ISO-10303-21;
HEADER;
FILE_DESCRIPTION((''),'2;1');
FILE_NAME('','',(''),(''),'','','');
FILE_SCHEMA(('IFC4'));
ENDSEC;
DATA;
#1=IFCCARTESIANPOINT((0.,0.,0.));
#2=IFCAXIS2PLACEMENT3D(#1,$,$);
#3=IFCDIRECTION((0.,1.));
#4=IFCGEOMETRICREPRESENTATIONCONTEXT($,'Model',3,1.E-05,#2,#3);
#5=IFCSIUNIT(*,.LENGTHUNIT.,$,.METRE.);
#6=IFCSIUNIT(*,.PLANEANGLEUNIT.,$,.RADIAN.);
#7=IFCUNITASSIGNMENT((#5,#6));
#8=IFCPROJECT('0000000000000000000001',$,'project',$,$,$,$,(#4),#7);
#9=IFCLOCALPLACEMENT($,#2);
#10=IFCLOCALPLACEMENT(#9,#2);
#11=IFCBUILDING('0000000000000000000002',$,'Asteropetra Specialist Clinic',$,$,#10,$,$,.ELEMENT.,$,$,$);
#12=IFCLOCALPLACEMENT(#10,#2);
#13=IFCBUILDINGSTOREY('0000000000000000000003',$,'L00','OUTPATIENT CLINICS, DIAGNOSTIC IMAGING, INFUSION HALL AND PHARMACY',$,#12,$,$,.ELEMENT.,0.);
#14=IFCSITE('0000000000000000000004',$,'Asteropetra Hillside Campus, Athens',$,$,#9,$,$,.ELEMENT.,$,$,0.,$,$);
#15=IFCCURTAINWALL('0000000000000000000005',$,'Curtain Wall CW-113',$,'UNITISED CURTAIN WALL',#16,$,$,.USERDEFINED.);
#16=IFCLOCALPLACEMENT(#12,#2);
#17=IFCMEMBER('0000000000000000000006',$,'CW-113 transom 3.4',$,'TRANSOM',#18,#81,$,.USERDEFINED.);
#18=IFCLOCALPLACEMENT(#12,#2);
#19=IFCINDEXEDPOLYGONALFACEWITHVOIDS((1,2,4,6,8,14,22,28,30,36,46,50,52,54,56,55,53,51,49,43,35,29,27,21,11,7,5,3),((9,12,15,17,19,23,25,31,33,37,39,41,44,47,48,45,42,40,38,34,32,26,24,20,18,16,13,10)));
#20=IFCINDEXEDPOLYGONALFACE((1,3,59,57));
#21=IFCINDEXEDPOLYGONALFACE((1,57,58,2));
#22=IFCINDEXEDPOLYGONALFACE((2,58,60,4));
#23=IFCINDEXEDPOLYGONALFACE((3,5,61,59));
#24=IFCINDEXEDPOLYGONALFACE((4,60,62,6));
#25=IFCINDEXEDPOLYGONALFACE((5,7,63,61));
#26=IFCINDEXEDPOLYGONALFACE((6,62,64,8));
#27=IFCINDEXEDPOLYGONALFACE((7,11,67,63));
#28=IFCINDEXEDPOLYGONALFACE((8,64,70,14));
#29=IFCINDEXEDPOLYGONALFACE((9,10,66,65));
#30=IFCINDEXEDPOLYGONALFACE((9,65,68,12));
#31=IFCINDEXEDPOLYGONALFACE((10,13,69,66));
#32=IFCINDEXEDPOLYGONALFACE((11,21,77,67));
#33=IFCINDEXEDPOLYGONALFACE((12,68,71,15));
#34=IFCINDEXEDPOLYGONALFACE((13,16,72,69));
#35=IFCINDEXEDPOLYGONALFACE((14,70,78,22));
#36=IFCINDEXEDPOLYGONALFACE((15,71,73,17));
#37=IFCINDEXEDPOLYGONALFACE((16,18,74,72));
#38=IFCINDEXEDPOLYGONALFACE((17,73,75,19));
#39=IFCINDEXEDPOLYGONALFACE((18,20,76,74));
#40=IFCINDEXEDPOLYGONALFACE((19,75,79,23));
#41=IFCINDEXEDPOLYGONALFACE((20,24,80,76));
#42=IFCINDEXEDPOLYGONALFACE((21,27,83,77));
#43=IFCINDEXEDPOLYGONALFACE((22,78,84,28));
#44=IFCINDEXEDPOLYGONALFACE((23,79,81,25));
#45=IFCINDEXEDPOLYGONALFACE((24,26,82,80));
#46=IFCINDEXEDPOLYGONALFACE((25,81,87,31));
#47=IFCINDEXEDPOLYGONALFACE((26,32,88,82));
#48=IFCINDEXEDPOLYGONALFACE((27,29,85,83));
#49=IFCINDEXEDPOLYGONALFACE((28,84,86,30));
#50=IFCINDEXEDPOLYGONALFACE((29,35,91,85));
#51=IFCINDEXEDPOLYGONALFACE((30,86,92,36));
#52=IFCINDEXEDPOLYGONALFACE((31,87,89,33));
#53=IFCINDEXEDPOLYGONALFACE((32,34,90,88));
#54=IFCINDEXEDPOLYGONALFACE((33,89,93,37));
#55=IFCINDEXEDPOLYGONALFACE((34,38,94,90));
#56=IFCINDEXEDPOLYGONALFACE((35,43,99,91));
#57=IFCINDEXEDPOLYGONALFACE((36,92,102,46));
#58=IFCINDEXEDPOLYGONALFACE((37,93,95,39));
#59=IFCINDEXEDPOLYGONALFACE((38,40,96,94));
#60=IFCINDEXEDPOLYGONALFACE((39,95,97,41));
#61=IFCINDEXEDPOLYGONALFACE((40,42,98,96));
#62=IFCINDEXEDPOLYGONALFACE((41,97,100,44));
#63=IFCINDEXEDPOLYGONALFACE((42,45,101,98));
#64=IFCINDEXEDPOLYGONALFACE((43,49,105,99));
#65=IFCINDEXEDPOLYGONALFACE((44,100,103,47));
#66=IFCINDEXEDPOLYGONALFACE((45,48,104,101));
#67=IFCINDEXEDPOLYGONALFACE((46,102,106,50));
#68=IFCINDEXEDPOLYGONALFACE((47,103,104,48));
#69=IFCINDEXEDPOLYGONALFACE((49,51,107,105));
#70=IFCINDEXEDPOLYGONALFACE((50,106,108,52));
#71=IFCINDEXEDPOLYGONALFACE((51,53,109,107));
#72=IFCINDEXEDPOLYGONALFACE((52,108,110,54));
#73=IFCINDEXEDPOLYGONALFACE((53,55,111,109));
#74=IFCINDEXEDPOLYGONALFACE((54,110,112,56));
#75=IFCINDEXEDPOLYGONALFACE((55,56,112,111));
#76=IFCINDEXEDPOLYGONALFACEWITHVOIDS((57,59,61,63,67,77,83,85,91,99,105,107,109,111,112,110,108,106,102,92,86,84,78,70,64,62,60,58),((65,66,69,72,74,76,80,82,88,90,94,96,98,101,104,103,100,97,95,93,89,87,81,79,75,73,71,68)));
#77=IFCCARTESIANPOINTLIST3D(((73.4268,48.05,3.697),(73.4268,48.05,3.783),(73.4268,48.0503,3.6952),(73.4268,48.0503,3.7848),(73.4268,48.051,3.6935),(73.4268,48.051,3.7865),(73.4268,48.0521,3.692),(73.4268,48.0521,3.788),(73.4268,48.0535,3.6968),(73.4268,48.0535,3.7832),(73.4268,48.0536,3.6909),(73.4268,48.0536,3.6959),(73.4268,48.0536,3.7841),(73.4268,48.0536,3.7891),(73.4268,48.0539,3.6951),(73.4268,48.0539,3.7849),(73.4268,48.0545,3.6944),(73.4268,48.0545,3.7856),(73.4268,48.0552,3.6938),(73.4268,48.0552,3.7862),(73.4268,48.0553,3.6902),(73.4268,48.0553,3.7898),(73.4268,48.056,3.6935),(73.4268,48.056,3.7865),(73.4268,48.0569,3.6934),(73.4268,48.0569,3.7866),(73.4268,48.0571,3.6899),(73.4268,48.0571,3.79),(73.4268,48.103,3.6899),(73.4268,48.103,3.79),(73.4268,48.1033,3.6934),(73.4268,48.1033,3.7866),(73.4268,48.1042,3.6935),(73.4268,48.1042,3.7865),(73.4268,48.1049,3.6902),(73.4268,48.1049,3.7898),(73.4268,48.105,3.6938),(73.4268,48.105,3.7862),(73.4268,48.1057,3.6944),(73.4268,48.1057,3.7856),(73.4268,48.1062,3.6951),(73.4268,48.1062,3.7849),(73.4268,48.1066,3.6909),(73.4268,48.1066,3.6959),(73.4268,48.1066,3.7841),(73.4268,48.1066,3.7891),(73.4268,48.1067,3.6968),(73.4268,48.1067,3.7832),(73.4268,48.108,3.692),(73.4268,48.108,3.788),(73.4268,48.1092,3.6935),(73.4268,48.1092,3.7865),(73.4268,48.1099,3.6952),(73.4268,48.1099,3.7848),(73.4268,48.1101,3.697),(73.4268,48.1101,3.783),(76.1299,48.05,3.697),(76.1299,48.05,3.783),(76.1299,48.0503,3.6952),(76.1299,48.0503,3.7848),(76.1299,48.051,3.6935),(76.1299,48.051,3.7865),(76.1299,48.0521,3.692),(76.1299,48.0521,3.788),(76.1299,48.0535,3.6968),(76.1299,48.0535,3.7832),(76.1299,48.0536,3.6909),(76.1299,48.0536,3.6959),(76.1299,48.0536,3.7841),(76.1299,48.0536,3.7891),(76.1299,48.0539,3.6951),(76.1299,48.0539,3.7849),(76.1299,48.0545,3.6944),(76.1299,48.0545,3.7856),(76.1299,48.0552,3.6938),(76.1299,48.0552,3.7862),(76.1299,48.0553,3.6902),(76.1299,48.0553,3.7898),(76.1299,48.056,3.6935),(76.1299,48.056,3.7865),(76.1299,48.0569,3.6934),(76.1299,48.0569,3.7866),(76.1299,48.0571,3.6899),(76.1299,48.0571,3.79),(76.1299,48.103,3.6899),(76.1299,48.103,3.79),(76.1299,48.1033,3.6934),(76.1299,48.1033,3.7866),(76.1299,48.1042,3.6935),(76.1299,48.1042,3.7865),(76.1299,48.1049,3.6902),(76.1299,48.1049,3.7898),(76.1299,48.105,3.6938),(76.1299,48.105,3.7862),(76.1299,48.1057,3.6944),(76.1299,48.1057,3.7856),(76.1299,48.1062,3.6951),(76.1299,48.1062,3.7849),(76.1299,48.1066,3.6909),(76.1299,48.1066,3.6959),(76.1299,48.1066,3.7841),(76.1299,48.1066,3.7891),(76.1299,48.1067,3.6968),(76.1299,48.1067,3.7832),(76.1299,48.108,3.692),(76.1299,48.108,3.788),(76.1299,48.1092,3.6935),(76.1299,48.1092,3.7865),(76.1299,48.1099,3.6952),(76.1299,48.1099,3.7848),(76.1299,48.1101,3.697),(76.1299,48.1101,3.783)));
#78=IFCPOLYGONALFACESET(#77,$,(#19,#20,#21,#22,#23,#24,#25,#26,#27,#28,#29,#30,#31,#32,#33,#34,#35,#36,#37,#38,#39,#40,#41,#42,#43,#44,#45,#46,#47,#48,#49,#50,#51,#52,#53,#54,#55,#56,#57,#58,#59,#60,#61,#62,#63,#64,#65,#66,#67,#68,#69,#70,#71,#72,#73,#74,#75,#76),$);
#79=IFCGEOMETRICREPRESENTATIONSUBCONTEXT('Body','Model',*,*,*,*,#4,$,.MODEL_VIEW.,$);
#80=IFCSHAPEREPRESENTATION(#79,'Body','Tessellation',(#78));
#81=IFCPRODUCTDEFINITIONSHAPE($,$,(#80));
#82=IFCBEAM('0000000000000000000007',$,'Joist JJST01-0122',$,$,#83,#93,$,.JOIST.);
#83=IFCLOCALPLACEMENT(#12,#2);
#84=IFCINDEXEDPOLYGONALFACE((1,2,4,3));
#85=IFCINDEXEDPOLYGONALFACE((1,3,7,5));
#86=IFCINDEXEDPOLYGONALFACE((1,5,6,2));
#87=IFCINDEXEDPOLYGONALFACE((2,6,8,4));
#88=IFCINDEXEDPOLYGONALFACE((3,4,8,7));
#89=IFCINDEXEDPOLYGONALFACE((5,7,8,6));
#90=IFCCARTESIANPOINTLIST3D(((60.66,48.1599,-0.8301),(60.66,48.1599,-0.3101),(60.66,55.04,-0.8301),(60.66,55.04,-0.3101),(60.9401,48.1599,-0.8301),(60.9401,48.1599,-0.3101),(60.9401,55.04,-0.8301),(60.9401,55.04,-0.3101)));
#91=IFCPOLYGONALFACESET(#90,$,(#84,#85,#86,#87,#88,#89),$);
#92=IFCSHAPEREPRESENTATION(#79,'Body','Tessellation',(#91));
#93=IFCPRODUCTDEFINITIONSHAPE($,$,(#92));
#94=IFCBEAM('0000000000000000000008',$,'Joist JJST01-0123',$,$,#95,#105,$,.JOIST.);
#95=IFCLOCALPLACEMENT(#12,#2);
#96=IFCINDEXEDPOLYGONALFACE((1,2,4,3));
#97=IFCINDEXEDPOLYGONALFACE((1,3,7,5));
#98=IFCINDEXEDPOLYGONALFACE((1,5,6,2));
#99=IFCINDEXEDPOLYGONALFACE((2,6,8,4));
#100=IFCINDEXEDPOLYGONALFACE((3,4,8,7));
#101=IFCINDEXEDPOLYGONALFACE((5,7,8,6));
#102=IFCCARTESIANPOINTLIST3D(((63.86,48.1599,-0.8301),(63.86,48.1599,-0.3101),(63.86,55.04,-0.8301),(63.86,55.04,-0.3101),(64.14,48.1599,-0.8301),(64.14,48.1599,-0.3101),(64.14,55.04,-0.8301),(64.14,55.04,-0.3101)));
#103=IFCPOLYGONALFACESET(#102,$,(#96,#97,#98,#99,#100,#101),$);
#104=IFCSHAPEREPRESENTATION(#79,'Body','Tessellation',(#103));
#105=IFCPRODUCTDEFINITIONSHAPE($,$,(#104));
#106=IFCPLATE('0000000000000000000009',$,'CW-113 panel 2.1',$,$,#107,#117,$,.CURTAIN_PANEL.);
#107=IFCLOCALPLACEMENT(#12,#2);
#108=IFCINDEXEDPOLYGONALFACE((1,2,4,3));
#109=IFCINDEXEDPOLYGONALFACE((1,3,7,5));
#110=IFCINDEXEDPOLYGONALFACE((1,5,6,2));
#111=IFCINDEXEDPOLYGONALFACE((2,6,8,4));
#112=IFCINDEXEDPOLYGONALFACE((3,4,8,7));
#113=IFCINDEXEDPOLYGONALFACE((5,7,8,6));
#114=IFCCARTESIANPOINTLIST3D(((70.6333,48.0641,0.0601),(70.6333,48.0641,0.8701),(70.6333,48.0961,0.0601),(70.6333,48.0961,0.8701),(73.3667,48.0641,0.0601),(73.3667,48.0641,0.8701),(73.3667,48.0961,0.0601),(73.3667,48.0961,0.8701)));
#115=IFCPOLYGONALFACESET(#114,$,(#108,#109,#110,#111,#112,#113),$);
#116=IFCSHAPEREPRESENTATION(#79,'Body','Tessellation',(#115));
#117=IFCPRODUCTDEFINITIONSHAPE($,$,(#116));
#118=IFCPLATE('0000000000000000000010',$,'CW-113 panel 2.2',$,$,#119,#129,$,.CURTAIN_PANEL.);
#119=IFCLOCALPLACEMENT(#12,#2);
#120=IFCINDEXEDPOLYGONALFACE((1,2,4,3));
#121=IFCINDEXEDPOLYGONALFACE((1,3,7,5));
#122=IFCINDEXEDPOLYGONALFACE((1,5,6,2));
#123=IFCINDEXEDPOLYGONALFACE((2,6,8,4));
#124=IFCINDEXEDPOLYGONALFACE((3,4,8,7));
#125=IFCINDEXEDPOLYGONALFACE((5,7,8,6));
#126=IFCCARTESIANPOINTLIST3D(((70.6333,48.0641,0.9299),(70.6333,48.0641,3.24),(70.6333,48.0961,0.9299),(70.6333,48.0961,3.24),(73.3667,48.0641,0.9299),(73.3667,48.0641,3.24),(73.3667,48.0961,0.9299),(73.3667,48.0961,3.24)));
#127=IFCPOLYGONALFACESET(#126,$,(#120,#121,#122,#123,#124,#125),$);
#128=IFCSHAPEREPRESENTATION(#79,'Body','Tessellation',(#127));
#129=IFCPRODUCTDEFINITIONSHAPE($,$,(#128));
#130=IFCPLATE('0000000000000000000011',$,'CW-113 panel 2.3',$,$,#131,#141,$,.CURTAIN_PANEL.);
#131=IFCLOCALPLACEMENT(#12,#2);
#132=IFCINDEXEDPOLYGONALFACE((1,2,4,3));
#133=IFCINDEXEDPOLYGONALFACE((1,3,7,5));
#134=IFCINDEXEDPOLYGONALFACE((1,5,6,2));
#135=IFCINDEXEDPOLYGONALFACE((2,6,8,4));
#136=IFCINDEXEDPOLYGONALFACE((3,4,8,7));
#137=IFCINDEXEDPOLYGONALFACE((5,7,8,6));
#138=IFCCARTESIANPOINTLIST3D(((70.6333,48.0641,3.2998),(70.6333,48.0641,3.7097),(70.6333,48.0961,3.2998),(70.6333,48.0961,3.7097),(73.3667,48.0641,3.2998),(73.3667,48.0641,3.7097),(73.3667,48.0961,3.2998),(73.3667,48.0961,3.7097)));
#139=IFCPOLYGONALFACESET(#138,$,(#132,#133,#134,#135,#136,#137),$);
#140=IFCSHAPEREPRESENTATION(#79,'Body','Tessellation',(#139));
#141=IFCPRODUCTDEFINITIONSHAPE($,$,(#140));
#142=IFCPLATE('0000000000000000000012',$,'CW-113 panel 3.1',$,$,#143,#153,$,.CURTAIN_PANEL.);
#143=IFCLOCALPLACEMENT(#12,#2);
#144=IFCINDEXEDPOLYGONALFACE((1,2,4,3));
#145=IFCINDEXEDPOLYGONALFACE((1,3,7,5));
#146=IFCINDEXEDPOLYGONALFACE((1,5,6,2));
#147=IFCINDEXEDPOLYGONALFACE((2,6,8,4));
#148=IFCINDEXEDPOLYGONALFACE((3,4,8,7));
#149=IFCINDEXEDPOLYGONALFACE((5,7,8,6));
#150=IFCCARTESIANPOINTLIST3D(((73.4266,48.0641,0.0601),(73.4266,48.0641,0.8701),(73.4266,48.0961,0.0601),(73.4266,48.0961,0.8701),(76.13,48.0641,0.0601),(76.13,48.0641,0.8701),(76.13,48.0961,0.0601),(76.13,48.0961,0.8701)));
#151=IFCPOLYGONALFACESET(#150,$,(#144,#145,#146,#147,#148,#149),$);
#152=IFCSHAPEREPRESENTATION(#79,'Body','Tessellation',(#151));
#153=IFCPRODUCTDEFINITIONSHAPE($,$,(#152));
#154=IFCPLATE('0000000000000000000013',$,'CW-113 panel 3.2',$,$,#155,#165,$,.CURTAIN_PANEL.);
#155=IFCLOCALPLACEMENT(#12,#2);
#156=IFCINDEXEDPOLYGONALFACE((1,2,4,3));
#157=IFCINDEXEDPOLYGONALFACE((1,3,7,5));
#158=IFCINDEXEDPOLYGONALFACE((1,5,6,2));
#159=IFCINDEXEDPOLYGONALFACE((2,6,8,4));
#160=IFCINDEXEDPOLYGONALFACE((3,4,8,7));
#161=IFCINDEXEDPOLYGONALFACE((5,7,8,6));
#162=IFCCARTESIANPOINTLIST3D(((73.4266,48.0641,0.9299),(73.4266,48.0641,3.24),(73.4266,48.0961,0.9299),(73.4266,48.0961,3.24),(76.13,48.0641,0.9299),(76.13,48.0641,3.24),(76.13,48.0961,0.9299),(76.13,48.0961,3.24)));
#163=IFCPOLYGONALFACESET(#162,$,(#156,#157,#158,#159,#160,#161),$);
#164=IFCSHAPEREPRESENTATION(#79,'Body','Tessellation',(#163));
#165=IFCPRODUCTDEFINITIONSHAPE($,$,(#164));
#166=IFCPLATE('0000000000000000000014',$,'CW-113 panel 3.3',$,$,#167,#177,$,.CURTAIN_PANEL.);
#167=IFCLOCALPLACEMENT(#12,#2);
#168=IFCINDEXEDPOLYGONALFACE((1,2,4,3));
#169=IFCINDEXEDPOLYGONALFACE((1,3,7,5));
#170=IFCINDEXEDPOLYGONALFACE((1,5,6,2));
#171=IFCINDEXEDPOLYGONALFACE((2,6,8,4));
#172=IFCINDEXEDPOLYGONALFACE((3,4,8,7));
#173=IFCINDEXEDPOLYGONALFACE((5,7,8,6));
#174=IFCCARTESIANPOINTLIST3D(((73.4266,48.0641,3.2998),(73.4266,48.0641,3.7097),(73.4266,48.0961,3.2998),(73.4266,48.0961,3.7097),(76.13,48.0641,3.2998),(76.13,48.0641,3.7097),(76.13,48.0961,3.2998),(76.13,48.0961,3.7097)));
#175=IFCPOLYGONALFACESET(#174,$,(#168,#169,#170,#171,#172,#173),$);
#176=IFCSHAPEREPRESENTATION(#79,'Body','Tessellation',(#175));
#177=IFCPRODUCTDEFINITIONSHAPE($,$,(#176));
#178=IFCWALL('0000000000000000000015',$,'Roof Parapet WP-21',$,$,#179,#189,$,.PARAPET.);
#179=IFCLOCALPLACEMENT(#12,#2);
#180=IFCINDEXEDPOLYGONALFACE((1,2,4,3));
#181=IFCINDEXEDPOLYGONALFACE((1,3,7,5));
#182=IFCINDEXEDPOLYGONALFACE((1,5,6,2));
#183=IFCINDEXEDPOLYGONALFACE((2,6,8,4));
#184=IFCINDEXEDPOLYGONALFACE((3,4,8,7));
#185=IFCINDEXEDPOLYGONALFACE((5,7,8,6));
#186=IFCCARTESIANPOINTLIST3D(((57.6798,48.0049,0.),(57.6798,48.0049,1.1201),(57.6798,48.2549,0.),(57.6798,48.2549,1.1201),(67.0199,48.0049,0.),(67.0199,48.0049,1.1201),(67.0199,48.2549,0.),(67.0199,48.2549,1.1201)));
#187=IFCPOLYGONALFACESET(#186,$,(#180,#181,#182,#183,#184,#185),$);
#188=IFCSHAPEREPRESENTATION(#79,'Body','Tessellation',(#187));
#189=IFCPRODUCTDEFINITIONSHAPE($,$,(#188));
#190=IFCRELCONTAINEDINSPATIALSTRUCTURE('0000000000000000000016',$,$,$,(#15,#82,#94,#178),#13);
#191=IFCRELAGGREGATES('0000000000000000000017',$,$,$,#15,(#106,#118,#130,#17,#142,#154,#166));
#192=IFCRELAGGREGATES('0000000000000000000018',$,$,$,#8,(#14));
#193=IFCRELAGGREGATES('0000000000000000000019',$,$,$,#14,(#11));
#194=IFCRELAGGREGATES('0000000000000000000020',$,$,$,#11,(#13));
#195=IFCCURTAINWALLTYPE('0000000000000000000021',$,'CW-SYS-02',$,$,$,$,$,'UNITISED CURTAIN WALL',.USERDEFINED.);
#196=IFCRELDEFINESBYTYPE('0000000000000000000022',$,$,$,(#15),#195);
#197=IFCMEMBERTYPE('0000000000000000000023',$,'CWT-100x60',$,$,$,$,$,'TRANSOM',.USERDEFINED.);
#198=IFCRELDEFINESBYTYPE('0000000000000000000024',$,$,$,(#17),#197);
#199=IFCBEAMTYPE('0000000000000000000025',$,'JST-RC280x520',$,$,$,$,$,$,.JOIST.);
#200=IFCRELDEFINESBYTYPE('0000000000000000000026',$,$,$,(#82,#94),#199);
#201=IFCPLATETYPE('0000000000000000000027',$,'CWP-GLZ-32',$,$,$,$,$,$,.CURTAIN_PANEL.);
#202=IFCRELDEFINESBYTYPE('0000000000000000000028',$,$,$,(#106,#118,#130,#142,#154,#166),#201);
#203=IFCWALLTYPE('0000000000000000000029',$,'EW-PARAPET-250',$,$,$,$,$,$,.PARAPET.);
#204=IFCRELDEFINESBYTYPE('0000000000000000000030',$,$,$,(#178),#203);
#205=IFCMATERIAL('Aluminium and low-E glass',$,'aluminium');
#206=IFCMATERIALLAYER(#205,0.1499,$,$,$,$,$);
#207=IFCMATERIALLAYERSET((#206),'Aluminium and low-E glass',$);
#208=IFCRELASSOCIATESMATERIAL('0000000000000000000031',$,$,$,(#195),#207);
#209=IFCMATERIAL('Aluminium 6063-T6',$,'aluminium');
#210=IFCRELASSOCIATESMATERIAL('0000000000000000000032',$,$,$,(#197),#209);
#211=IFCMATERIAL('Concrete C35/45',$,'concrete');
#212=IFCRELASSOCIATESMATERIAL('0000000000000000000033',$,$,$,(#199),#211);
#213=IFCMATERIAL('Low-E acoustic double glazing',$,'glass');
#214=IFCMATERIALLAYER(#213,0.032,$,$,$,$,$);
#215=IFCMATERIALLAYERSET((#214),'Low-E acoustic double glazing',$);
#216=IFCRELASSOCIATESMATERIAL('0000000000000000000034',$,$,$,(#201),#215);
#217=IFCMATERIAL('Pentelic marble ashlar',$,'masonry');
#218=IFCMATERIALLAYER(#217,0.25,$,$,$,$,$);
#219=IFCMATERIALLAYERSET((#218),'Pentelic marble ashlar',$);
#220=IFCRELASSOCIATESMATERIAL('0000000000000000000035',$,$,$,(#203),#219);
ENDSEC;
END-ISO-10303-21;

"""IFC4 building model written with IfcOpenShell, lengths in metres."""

from ifc_helpers import new_model, si_unit, direction, frame, frame_2d, origin, origin_2d, place, context, subcontext, project, spatial, rectangle, hollow_rectangle, extrude, material, layer, layer_set, material_profile, profile_set, type_object, element, aggregate, save


model = new_model("IFC4")

# Units and contexts
model_context = context("Model", 3, precision=1e-05, world=origin(), true_north=direction((0.0, 1.0)))
body_context = subcontext(model_context, "Body", "Model", "MODEL_VIEW")
ifc_project = project(units=[si_unit("LENGTHUNIT", "METRE"), si_unit("PLANEANGLEUNIT", "RADIAN")], contexts=[model_context])

# Site, building, storey
site_placement = place(None, origin())
site = spatial("IfcSite", under=ifc_project, at=site_placement, Name="Asteropetra Hillside Campus, Athens", CompositionType="ELEMENT", RefElevation=0.0)
building_placement = place(site_placement, origin())
building = spatial("IfcBuilding", under=site, at=building_placement, Name="Asteropetra Specialist Clinic", CompositionType="ELEMENT")
storey_placement = place(building_placement, origin())
storey = spatial("IfcBuildingStorey", under=building, at=storey_placement, Name="L00", Description="OUTPATIENT CLINICS, DIAGNOSTIC IMAGING, INFUSION HALL AND PHARMACY", CompositionType="ELEMENT", Elevation=0.0)

# Curtain wall, member
ifc_material_1 = material(Name="Aluminium and low-E glass", Category="aluminium")
ifc_layer_1 = layer(ifc_material_1, 0.1499)
ifc_layer_set_1 = layer_set([ifc_layer_1], Name="Aluminium and low-E glass")
curtain_wall_type = type_object("IfcCurtainWallType", Name="CW-SYS-02", ElementType="UNITISED CURTAIN WALL", PredefinedType="USERDEFINED", material=ifc_layer_set_1)
curtain_wall_placement = place(storey_placement, origin())
curtain_wall = element("IfcCurtainWall", 1, at=curtain_wall_placement, inside=storey, type_object=curtain_wall_type, Name="Curtain Wall CW-113", ObjectType="UNITISED CURTAIN WALL", PredefinedType="USERDEFINED")
ifc_material_2 = material(Name="Aluminium 6063-T6", Category="aluminium")
ifc_material_profile_1 = material_profile(ifc_material_2, hollow_rectangle(XDim=0.0601, YDim=0.1001, WallThickness=0.0034, InnerFilletRadius=0.0034, OuterFilletRadius=0.0071, at=origin_2d()), Name="TRN 100x60x3.5")
ifc_profile_set_1 = profile_set([ifc_material_profile_1], Name="Aluminium 6063-T6")
member_type_1 = type_object("IfcMemberType", Name="CWT-100x60", ElementType="TRANSOM", PredefinedType="USERDEFINED", material=ifc_profile_set_1)
member_1_placement = place(storey_placement, frame((73.4268, 48.0801, 3.74), z_axis=(1.0, 0.0, 0.0), x_axis=(0.0, 1.0, 0.0)))
member_1 = element("IfcMember", 2, at=member_1_placement, type_object=member_type_1, Name="CW-113 transom 3.4", ObjectType="TRANSOM", PredefinedType="USERDEFINED", context=body_context, shape_type="SweptSolid", body=[
    extrude(hollow_rectangle(XDim=0.0601, YDim=0.1001, WallThickness=0.0034, InnerFilletRadius=0.0034, OuterFilletRadius=0.0071, at=origin_2d()), origin(), (0.0, 0.0, 1.0), 2.7031),
])

# Beams
ifc_material_3 = material(Name="Concrete C35/45", Category="concrete")
ifc_material_profile_2 = material_profile(ifc_material_3, rectangle(XDim=0.28, YDim=0.52, at=origin_2d()), Name="RCJ 280x520")
ifc_profile_set_2 = profile_set([ifc_material_profile_2], Name="Concrete C35/45")
beam_type = type_object("IfcBeamType", Name="JST-RC280x520", PredefinedType="JOIST", material=ifc_profile_set_2)
for number, where, z_axis, x_axis, name in (
    (3, (60.8, 48.1599, -0.5701), (0.0, 1.0, 0.0), (-1.0, 0.0, 0.0), "Joist JJST01-0122"),
    (4, (64.0, 48.1599, -0.5701), (0.0, 1.0, 0.0), (-1.0, 0.0, 0.0), "Joist JJST01-0123"),
):
    element("IfcBeam", number, at=place(storey_placement, frame(where, z_axis=z_axis, x_axis=x_axis)), inside=storey, type_object=beam_type, Name=name, PredefinedType="JOIST", context=body_context, shape_type="SweptSolid", body=[
        extrude(rectangle(XDim=0.28, YDim=0.52, at=origin_2d()), origin(), (0.0, 0.0, 1.0), 6.8801),
    ])

# Plates
ifc_material_4 = material(Name="Low-E acoustic double glazing", Category="glass")
ifc_layer_2 = layer(ifc_material_4, 0.032)
ifc_layer_set_2 = layer_set([ifc_layer_2], Name="Low-E acoustic double glazing")
plate_type = type_object("IfcPlateType", Name="CWP-GLZ-32", PredefinedType="CURTAIN_PANEL", material=ifc_layer_set_2)
plate_1_placement = place(storey_placement, frame((72.0, 48.0801, 0.0601), z_axis=(0.0, 0.0, 1.0), x_axis=(1.0, 0.0, 0.0)))
plate_1 = element("IfcPlate", 5, at=plate_1_placement, type_object=plate_type, Name="CW-113 panel 2.1", PredefinedType="CURTAIN_PANEL", context=body_context, shape_type="SweptSolid", body=[
    extrude(rectangle(XDim=2.7334, YDim=0.032, at=origin_2d()), origin(), (0.0, 0.0, 1.0), 0.8101),
])
plate_2_placement = place(storey_placement, frame((72.0, 48.0801, 0.9299), z_axis=(0.0, 0.0, 1.0), x_axis=(1.0, 0.0, 0.0)))
plate_2 = element("IfcPlate", 6, at=plate_2_placement, type_object=plate_type, Name="CW-113 panel 2.2", PredefinedType="CURTAIN_PANEL", context=body_context, shape_type="SweptSolid", body=[
    extrude(rectangle(XDim=2.7334, YDim=0.032, at=origin_2d()), origin(), (0.0, 0.0, 1.0), 2.3101),
])
plate_3_placement = place(storey_placement, frame((72.0, 48.0801, 3.2998), z_axis=(0.0, 0.0, 1.0), x_axis=(1.0, 0.0, 0.0)))
plate_3 = element("IfcPlate", 7, at=plate_3_placement, type_object=plate_type, Name="CW-113 panel 2.3", PredefinedType="CURTAIN_PANEL", context=body_context, shape_type="SweptSolid", body=[
    extrude(rectangle(XDim=2.7334, YDim=0.032, at=origin_2d()), origin(), (0.0, 0.0, 1.0), 0.4099),
])
plate_4_placement = place(storey_placement, frame((74.7783, 48.0801, 0.0601), z_axis=(0.0, 0.0, 1.0), x_axis=(1.0, 0.0, 0.0)))
plate_4 = element("IfcPlate", 8, at=plate_4_placement, type_object=plate_type, Name="CW-113 panel 3.1", PredefinedType="CURTAIN_PANEL", context=body_context, shape_type="SweptSolid", body=[
    extrude(rectangle(XDim=2.7034, YDim=0.032, at=origin_2d()), origin(), (0.0, 0.0, 1.0), 0.8101),
])
plate_5_placement = place(storey_placement, frame((74.7783, 48.0801, 0.9299), z_axis=(0.0, 0.0, 1.0), x_axis=(1.0, 0.0, 0.0)))
plate_5 = element("IfcPlate", 9, at=plate_5_placement, type_object=plate_type, Name="CW-113 panel 3.2", PredefinedType="CURTAIN_PANEL", context=body_context, shape_type="SweptSolid", body=[
    extrude(rectangle(XDim=2.7034, YDim=0.032, at=origin_2d()), origin(), (0.0, 0.0, 1.0), 2.3101),
])
plate_6_placement = place(storey_placement, frame((74.7783, 48.0801, 3.2998), z_axis=(0.0, 0.0, 1.0), x_axis=(1.0, 0.0, 0.0)))
plate_6 = element("IfcPlate", 10, at=plate_6_placement, type_object=plate_type, Name="CW-113 panel 3.3", PredefinedType="CURTAIN_PANEL", context=body_context, shape_type="SweptSolid", body=[
    extrude(rectangle(XDim=2.7034, YDim=0.032, at=origin_2d()), origin(), (0.0, 0.0, 1.0), 0.4099),
])
aggregate(curtain_wall, [plate_1, plate_2, plate_3, member_1, plate_4, plate_5, plate_6])

# Wall
ifc_material_5 = material(Name="Pentelic marble ashlar", Category="masonry")
ifc_layer_3 = layer(ifc_material_5, 0.25)
ifc_layer_set_3 = layer_set([ifc_layer_3], Name="Pentelic marble ashlar")
wall_type = type_object("IfcWallType", Name="EW-PARAPET-250", PredefinedType="PARAPET", material=ifc_layer_set_3)
wall_placement = place(storey_placement, frame((57.6799, 48.1299, 0.0), z_axis=(0.0, 0.0, 1.0), x_axis=(1.0, 0.0, 0.0)))
element("IfcWall", 11, at=wall_placement, inside=storey, type_object=wall_type, Name="Roof Parapet WP-21", PredefinedType="PARAPET", context=body_context, shape_type="SweptSolid", body=[
    extrude(rectangle(XDim=9.3401, YDim=0.25, at=frame_2d((4.6699, 0.0))), origin(), (0.0, 0.0, 1.0), 1.1201),
])

save(model, "model.ifc")
